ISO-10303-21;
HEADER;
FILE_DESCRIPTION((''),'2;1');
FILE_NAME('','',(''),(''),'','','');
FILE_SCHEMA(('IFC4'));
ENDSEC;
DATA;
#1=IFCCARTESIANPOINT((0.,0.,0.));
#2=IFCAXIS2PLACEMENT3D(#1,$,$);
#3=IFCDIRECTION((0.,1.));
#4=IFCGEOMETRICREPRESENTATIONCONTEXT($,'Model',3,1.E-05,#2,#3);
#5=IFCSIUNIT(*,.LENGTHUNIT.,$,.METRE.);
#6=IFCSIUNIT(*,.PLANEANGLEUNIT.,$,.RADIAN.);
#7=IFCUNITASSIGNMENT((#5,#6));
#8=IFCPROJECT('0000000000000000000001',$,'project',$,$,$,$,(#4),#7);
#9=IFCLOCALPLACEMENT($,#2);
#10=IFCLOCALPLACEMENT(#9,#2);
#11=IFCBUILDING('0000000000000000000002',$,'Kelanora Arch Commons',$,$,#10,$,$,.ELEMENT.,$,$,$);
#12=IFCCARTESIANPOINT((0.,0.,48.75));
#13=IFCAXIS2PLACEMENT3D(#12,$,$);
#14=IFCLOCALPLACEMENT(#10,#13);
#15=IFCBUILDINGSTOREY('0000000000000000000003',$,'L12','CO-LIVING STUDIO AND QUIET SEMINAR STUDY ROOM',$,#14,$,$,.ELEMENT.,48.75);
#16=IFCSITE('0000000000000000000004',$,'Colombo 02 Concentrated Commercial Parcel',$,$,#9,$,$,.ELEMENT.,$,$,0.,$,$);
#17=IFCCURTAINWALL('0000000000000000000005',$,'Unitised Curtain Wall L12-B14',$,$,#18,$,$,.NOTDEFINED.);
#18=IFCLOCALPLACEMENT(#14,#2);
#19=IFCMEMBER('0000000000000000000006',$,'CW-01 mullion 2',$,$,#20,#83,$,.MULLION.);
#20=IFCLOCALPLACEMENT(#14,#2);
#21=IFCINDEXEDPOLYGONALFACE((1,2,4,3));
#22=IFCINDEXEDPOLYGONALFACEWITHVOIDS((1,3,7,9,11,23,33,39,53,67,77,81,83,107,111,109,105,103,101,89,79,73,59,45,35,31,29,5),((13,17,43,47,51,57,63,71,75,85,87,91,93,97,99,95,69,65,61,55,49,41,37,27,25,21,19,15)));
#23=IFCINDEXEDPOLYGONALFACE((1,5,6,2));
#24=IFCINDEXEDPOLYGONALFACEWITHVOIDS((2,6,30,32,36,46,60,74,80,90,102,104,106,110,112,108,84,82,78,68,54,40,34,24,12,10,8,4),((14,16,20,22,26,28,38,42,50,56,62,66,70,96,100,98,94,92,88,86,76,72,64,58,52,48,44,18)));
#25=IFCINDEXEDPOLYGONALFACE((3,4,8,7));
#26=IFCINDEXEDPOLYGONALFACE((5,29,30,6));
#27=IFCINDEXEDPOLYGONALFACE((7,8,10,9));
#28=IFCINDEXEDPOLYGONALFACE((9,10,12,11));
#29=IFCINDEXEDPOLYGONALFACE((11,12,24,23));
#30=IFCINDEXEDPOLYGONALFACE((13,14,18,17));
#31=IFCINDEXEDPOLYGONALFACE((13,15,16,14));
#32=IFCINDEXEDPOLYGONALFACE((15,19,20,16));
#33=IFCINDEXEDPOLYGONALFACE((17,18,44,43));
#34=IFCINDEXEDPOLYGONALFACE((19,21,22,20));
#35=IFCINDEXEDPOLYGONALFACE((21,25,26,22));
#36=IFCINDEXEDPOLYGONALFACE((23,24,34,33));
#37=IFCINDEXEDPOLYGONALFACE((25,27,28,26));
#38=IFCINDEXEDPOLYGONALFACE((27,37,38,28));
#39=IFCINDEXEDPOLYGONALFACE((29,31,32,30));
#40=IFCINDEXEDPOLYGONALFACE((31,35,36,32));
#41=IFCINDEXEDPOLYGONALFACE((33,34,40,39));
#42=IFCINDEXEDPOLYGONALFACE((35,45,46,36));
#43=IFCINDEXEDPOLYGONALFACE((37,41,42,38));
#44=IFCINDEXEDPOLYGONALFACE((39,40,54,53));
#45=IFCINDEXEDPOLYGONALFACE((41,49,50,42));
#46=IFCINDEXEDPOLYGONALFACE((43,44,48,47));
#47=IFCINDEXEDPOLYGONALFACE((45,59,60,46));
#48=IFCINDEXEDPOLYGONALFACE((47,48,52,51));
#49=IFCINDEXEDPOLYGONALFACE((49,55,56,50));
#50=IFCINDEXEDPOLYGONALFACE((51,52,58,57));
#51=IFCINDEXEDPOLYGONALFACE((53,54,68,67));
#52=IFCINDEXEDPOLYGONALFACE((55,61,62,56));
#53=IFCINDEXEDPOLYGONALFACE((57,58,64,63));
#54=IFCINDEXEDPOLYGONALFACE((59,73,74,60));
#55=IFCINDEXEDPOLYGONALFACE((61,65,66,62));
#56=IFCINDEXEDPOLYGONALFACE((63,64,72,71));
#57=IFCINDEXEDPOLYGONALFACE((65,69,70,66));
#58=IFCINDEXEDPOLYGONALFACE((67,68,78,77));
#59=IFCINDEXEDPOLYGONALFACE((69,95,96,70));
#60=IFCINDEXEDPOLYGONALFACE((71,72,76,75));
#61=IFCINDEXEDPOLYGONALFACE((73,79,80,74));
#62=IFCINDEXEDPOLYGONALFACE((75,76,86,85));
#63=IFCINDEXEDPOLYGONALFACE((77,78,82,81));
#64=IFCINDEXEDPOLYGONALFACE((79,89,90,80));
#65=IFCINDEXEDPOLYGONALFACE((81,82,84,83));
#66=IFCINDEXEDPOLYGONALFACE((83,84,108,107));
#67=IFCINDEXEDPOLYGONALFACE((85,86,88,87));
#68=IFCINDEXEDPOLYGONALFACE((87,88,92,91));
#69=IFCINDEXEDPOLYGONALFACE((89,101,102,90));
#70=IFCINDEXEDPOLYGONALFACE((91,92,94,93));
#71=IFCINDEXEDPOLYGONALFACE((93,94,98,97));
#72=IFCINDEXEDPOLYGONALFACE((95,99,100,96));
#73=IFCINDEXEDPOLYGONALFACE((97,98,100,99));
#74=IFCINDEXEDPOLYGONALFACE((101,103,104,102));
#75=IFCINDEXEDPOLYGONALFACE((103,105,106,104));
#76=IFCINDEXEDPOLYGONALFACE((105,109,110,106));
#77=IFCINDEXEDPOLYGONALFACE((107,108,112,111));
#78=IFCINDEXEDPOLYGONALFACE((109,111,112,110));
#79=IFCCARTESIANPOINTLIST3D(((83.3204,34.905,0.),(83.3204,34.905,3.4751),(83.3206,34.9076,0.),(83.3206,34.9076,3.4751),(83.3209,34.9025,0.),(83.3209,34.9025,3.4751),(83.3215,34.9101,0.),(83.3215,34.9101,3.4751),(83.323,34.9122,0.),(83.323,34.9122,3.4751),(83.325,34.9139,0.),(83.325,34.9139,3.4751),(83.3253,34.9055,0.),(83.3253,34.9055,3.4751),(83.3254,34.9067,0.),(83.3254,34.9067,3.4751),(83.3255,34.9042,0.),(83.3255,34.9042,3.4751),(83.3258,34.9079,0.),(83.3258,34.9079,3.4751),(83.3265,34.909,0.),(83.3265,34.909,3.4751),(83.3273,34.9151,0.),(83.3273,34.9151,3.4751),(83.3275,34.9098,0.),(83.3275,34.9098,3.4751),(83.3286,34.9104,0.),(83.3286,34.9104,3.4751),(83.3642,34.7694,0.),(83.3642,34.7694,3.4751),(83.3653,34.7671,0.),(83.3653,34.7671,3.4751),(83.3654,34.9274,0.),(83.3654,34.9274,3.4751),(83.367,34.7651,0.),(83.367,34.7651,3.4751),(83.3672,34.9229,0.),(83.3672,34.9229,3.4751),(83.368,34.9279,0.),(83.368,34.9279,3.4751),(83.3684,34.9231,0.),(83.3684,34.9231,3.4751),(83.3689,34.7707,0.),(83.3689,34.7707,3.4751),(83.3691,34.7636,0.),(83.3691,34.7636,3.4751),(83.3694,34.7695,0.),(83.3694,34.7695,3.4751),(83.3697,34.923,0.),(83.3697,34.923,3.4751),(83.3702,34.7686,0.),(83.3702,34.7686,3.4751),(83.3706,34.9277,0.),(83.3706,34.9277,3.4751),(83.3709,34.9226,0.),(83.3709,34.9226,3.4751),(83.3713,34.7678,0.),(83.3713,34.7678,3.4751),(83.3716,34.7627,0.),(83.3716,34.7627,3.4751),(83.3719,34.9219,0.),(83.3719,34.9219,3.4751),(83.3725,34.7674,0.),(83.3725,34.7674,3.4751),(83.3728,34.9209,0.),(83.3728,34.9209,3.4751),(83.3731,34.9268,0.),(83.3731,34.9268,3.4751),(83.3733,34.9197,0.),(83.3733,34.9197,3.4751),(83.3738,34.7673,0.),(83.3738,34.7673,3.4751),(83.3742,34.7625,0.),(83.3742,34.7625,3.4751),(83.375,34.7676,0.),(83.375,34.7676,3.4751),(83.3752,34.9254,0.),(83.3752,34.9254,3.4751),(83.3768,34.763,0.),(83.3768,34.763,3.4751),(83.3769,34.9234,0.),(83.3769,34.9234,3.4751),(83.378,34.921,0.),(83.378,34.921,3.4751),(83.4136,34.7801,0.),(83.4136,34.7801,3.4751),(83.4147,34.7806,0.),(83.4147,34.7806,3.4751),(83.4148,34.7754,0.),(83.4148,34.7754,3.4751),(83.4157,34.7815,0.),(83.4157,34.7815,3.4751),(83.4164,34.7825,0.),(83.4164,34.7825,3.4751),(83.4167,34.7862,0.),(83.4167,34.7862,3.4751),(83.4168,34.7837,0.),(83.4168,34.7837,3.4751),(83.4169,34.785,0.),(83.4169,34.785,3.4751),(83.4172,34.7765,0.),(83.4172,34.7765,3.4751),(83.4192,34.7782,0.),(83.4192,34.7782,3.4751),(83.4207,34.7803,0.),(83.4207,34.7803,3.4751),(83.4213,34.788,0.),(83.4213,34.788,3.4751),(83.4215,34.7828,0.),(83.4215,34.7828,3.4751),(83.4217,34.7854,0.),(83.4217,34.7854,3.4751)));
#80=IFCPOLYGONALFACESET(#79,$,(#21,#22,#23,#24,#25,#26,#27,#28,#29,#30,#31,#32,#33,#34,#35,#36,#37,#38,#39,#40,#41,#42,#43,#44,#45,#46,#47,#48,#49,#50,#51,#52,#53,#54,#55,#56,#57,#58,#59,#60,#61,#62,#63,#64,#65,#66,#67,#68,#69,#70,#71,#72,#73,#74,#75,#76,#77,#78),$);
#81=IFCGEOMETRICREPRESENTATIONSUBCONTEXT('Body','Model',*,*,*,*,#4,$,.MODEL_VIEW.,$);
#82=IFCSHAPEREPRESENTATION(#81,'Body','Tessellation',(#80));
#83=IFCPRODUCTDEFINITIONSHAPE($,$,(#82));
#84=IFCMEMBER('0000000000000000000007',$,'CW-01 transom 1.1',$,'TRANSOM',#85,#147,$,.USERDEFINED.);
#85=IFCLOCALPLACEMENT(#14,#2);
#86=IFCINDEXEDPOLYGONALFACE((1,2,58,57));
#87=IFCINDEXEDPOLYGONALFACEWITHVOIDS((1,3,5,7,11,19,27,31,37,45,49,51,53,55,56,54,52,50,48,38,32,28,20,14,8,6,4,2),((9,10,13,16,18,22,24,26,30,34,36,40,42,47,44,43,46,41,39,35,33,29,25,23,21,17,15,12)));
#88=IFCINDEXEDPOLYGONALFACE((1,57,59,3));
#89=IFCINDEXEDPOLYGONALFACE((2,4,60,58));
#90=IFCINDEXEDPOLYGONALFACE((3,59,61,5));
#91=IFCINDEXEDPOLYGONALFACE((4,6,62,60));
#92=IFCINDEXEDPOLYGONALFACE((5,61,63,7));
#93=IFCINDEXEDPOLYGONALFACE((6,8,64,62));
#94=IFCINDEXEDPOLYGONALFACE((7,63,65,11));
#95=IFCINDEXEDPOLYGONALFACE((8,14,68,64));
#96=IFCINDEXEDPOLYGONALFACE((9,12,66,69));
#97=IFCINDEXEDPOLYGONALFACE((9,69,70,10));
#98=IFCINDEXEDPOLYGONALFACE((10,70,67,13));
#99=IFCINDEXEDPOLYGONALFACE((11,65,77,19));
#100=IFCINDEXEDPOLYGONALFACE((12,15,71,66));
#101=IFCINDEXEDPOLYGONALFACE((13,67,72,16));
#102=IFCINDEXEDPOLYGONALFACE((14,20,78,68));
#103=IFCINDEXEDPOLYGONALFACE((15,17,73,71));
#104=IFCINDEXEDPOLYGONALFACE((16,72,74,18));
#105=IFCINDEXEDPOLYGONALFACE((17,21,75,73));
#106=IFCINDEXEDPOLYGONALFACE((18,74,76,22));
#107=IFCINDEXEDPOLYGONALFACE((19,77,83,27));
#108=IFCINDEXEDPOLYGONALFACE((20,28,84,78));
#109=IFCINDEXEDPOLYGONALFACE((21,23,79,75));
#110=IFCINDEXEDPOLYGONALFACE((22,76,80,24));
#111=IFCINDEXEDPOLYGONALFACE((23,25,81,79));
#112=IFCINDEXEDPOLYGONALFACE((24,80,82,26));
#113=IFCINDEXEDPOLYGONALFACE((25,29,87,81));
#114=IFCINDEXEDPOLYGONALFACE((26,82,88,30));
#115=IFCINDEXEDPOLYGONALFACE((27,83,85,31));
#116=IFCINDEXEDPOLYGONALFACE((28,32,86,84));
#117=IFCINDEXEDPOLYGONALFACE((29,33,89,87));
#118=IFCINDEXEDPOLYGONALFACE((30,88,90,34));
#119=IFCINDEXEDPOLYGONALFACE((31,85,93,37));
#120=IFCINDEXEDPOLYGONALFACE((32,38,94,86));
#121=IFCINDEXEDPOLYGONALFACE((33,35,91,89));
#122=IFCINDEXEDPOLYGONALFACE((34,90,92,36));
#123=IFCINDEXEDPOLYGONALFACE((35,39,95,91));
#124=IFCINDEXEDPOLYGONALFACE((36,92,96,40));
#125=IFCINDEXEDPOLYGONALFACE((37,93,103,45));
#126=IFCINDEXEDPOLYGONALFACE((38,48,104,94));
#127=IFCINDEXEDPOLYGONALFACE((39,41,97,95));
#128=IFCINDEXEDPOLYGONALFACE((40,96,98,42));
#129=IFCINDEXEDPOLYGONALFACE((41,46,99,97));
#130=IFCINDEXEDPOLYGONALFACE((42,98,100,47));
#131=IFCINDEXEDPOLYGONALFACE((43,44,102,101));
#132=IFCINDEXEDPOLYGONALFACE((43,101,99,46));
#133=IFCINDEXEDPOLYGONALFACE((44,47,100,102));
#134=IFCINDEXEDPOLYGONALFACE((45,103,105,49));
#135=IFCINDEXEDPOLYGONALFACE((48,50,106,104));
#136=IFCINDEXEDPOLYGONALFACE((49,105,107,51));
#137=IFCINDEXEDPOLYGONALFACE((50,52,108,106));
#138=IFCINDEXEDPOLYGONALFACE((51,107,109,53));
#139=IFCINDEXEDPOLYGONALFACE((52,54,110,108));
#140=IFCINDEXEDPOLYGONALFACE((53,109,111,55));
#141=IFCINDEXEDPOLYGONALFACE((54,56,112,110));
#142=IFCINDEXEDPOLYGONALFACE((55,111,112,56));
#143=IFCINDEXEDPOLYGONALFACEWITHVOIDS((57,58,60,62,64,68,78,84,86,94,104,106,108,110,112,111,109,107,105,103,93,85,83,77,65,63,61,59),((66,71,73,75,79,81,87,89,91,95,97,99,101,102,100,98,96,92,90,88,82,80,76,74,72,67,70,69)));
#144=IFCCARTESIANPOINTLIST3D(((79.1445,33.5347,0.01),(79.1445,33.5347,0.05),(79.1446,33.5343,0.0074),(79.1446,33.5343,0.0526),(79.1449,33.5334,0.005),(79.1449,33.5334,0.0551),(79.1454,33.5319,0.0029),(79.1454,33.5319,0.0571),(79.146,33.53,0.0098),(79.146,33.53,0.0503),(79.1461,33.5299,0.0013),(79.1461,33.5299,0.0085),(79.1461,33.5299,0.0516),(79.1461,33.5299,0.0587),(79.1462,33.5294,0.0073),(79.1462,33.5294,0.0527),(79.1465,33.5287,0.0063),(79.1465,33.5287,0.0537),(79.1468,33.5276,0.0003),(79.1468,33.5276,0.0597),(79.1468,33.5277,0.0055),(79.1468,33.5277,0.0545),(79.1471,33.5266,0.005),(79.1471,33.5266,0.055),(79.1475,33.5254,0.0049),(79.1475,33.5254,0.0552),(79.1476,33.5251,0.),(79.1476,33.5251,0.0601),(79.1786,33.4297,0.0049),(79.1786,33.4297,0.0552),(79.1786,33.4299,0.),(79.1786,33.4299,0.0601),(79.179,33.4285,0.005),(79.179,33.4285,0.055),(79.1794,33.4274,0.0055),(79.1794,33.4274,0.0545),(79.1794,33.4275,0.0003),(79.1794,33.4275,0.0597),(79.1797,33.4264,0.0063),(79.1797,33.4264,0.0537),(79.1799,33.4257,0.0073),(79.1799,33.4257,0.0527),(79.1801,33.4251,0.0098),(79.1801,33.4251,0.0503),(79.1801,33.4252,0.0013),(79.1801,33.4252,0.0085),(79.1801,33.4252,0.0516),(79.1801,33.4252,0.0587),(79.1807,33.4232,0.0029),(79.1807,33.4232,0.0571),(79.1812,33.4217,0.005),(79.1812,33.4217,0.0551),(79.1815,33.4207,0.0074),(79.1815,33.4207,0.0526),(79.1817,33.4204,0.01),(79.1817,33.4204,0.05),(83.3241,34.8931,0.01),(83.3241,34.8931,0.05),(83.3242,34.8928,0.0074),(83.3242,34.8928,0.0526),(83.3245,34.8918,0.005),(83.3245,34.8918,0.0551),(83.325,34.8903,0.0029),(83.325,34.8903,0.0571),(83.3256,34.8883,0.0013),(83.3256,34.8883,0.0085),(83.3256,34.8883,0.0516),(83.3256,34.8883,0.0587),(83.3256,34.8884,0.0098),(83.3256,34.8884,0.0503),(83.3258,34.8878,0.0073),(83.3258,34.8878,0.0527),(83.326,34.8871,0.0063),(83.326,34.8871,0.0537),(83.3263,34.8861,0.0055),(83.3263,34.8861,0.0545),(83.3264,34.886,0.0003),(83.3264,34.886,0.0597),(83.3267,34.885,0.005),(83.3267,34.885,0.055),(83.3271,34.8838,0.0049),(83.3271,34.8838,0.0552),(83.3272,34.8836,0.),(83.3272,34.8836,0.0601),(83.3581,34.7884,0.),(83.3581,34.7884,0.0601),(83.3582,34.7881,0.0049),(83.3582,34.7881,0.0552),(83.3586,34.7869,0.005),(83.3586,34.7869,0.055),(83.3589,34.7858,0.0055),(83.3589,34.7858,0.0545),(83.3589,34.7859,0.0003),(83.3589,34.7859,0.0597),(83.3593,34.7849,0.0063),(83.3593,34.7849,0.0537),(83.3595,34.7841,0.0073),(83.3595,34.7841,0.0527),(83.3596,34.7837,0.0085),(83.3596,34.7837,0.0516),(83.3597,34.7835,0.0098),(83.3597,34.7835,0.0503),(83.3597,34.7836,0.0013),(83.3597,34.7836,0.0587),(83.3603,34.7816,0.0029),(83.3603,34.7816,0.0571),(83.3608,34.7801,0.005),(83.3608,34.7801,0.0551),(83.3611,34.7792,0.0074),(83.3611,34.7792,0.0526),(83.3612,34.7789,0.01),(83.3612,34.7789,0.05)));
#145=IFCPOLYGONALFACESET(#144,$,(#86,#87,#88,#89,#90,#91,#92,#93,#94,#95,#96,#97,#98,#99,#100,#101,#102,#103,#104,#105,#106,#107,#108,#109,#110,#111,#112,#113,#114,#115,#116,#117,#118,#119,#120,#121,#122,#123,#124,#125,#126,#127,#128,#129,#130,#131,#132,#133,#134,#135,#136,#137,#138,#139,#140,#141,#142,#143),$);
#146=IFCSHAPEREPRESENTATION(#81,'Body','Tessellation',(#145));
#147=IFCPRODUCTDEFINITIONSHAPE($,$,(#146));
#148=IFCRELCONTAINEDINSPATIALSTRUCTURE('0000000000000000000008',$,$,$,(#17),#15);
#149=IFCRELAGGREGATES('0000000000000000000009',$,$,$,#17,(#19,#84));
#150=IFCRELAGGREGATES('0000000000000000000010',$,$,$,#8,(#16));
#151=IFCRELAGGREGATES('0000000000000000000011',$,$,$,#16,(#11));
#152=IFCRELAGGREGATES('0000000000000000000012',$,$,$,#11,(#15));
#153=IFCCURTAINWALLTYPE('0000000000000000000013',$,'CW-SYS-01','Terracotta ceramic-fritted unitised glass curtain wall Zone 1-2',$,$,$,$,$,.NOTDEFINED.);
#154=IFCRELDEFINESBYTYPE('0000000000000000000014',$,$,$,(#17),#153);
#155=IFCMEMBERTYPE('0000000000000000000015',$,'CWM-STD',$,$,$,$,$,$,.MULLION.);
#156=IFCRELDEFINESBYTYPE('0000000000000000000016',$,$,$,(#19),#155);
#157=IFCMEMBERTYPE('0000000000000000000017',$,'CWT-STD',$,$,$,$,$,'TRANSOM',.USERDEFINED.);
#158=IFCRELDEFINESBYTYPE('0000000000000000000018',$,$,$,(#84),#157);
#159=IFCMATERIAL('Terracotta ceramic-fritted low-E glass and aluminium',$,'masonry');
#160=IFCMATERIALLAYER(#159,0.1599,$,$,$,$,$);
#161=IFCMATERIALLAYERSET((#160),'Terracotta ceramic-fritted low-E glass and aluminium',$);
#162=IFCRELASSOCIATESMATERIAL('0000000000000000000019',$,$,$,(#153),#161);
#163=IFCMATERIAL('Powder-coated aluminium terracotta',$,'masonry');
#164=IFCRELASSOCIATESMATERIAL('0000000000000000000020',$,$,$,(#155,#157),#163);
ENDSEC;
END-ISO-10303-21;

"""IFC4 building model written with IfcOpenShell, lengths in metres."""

from ifc_helpers import new_model, si_unit, direction, frame, origin, origin_2d, place, context, subcontext, project, spatial, hollow_rectangle, extrude, material, layer, layer_set, material_profile, profile_set, type_object, element, aggregate, save


model = new_model("IFC4")

# Units and contexts
model_context = context("Model", 3, precision=1e-05, world=origin(), true_north=direction((0.0, 1.0)))
body_context = subcontext(model_context, "Body", "Model", "MODEL_VIEW")
ifc_project = project(units=[si_unit("LENGTHUNIT", "METRE"), si_unit("PLANEANGLEUNIT", "RADIAN")], contexts=[model_context])

# Site, building, storey
site_placement = place(None, origin())
site = spatial("IfcSite", under=ifc_project, at=site_placement, Name="Colombo 02 Concentrated Commercial Parcel", CompositionType="ELEMENT", RefElevation=0.0)
building_placement = place(site_placement, origin())
building = spatial("IfcBuilding", under=site, at=building_placement, Name="Kelanora Arch Commons", CompositionType="ELEMENT")
storey_placement = place(building_placement, frame((0.0, 0.0, 48.75)))
storey = spatial("IfcBuildingStorey", under=building, at=storey_placement, Name="L12", Description="CO-LIVING STUDIO AND QUIET SEMINAR STUDY ROOM", CompositionType="ELEMENT", Elevation=48.75)

# Curtain wall, members
ifc_material_1 = material(Name="Terracotta ceramic-fritted low-E glass and aluminium", Category="masonry")
ifc_layer_1 = layer(ifc_material_1, 0.1599)
ifc_layer_set_1 = layer_set([ifc_layer_1], Name="Terracotta ceramic-fritted low-E glass and aluminium")
curtain_wall_type = type_object("IfcCurtainWallType", Name="CW-SYS-01", Description="Terracotta ceramic-fritted unitised glass curtain wall Zone 1-2", PredefinedType="NOTDEFINED", material=ifc_layer_set_1)
curtain_wall_placement = place(storey_placement, origin())
curtain_wall = element("IfcCurtainWall", 1, at=curtain_wall_placement, inside=storey, type_object=curtain_wall_type, Name="Unitised Curtain Wall L12-B14", PredefinedType="NOTDEFINED")
ifc_material_2 = material(Name="Powder-coated aluminium terracotta", Category="masonry")
ifc_material_profile_1 = material_profile(ifc_material_2, hollow_rectangle(XDim=0.1599, YDim=0.0601, WallThickness=0.0049, InnerFilletRadius=0.0049, OuterFilletRadius=0.01, at=origin_2d()), Name="CWM160x60")
ifc_profile_set_1 = profile_set([ifc_material_profile_1], Name="Powder-coated aluminium terracotta")
member_type_1 = type_object("IfcMemberType", Name="CWM-STD", PredefinedType="MULLION", material=ifc_profile_set_1)
member_1_placement = place(storey_placement, frame((83.3711, 34.8452, 0.0), z_axis=(0.0, 0.0, 1.0), x_axis=(-0.309058, 0.951043, 0.0)))
member_1 = element("IfcMember", 2, at=member_1_placement, type_object=member_type_1, Name="CW-01 mullion 2", PredefinedType="MULLION", context=body_context, shape_type="SweptSolid", body=[
    extrude(hollow_rectangle(XDim=0.1599, YDim=0.0601, WallThickness=0.0049, InnerFilletRadius=0.0049, OuterFilletRadius=0.01, at=origin_2d()), origin(), (0.0, 0.0, 1.0), 3.4751),
])
ifc_material_profile_2 = material_profile(ifc_material_2, hollow_rectangle(XDim=0.1201, YDim=0.0601, WallThickness=0.0049, InnerFilletRadius=0.0049, OuterFilletRadius=0.01, at=origin_2d()), Name="CWT120x60")
ifc_profile_set_2 = profile_set([ifc_material_profile_2], Name="Powder-coated aluminium terracotta")
member_type_2 = type_object("IfcMemberType", Name="CWT-STD", ElementType="TRANSOM", PredefinedType="USERDEFINED", material=ifc_profile_set_2)
member_2_placement = place(storey_placement, frame((79.1631, 33.4775, 0.03), z_axis=(0.951029, 0.309102, 0.0), x_axis=(-0.309102, 0.951029, 0.0)))
member_2 = element("IfcMember", 3, at=member_2_placement, type_object=member_type_2, Name="CW-01 transom 1.1", ObjectType="TRANSOM", PredefinedType="USERDEFINED", context=body_context, shape_type="SweptSolid", body=[
    extrude(hollow_rectangle(XDim=0.1201, YDim=0.0601, WallThickness=0.0049, InnerFilletRadius=0.0049, OuterFilletRadius=0.01, at=origin_2d()), origin(), (0.0, 0.0, 1.0), 4.3948),
])
aggregate(curtain_wall, [member_1, member_2])

save(model, "model.ifc")
